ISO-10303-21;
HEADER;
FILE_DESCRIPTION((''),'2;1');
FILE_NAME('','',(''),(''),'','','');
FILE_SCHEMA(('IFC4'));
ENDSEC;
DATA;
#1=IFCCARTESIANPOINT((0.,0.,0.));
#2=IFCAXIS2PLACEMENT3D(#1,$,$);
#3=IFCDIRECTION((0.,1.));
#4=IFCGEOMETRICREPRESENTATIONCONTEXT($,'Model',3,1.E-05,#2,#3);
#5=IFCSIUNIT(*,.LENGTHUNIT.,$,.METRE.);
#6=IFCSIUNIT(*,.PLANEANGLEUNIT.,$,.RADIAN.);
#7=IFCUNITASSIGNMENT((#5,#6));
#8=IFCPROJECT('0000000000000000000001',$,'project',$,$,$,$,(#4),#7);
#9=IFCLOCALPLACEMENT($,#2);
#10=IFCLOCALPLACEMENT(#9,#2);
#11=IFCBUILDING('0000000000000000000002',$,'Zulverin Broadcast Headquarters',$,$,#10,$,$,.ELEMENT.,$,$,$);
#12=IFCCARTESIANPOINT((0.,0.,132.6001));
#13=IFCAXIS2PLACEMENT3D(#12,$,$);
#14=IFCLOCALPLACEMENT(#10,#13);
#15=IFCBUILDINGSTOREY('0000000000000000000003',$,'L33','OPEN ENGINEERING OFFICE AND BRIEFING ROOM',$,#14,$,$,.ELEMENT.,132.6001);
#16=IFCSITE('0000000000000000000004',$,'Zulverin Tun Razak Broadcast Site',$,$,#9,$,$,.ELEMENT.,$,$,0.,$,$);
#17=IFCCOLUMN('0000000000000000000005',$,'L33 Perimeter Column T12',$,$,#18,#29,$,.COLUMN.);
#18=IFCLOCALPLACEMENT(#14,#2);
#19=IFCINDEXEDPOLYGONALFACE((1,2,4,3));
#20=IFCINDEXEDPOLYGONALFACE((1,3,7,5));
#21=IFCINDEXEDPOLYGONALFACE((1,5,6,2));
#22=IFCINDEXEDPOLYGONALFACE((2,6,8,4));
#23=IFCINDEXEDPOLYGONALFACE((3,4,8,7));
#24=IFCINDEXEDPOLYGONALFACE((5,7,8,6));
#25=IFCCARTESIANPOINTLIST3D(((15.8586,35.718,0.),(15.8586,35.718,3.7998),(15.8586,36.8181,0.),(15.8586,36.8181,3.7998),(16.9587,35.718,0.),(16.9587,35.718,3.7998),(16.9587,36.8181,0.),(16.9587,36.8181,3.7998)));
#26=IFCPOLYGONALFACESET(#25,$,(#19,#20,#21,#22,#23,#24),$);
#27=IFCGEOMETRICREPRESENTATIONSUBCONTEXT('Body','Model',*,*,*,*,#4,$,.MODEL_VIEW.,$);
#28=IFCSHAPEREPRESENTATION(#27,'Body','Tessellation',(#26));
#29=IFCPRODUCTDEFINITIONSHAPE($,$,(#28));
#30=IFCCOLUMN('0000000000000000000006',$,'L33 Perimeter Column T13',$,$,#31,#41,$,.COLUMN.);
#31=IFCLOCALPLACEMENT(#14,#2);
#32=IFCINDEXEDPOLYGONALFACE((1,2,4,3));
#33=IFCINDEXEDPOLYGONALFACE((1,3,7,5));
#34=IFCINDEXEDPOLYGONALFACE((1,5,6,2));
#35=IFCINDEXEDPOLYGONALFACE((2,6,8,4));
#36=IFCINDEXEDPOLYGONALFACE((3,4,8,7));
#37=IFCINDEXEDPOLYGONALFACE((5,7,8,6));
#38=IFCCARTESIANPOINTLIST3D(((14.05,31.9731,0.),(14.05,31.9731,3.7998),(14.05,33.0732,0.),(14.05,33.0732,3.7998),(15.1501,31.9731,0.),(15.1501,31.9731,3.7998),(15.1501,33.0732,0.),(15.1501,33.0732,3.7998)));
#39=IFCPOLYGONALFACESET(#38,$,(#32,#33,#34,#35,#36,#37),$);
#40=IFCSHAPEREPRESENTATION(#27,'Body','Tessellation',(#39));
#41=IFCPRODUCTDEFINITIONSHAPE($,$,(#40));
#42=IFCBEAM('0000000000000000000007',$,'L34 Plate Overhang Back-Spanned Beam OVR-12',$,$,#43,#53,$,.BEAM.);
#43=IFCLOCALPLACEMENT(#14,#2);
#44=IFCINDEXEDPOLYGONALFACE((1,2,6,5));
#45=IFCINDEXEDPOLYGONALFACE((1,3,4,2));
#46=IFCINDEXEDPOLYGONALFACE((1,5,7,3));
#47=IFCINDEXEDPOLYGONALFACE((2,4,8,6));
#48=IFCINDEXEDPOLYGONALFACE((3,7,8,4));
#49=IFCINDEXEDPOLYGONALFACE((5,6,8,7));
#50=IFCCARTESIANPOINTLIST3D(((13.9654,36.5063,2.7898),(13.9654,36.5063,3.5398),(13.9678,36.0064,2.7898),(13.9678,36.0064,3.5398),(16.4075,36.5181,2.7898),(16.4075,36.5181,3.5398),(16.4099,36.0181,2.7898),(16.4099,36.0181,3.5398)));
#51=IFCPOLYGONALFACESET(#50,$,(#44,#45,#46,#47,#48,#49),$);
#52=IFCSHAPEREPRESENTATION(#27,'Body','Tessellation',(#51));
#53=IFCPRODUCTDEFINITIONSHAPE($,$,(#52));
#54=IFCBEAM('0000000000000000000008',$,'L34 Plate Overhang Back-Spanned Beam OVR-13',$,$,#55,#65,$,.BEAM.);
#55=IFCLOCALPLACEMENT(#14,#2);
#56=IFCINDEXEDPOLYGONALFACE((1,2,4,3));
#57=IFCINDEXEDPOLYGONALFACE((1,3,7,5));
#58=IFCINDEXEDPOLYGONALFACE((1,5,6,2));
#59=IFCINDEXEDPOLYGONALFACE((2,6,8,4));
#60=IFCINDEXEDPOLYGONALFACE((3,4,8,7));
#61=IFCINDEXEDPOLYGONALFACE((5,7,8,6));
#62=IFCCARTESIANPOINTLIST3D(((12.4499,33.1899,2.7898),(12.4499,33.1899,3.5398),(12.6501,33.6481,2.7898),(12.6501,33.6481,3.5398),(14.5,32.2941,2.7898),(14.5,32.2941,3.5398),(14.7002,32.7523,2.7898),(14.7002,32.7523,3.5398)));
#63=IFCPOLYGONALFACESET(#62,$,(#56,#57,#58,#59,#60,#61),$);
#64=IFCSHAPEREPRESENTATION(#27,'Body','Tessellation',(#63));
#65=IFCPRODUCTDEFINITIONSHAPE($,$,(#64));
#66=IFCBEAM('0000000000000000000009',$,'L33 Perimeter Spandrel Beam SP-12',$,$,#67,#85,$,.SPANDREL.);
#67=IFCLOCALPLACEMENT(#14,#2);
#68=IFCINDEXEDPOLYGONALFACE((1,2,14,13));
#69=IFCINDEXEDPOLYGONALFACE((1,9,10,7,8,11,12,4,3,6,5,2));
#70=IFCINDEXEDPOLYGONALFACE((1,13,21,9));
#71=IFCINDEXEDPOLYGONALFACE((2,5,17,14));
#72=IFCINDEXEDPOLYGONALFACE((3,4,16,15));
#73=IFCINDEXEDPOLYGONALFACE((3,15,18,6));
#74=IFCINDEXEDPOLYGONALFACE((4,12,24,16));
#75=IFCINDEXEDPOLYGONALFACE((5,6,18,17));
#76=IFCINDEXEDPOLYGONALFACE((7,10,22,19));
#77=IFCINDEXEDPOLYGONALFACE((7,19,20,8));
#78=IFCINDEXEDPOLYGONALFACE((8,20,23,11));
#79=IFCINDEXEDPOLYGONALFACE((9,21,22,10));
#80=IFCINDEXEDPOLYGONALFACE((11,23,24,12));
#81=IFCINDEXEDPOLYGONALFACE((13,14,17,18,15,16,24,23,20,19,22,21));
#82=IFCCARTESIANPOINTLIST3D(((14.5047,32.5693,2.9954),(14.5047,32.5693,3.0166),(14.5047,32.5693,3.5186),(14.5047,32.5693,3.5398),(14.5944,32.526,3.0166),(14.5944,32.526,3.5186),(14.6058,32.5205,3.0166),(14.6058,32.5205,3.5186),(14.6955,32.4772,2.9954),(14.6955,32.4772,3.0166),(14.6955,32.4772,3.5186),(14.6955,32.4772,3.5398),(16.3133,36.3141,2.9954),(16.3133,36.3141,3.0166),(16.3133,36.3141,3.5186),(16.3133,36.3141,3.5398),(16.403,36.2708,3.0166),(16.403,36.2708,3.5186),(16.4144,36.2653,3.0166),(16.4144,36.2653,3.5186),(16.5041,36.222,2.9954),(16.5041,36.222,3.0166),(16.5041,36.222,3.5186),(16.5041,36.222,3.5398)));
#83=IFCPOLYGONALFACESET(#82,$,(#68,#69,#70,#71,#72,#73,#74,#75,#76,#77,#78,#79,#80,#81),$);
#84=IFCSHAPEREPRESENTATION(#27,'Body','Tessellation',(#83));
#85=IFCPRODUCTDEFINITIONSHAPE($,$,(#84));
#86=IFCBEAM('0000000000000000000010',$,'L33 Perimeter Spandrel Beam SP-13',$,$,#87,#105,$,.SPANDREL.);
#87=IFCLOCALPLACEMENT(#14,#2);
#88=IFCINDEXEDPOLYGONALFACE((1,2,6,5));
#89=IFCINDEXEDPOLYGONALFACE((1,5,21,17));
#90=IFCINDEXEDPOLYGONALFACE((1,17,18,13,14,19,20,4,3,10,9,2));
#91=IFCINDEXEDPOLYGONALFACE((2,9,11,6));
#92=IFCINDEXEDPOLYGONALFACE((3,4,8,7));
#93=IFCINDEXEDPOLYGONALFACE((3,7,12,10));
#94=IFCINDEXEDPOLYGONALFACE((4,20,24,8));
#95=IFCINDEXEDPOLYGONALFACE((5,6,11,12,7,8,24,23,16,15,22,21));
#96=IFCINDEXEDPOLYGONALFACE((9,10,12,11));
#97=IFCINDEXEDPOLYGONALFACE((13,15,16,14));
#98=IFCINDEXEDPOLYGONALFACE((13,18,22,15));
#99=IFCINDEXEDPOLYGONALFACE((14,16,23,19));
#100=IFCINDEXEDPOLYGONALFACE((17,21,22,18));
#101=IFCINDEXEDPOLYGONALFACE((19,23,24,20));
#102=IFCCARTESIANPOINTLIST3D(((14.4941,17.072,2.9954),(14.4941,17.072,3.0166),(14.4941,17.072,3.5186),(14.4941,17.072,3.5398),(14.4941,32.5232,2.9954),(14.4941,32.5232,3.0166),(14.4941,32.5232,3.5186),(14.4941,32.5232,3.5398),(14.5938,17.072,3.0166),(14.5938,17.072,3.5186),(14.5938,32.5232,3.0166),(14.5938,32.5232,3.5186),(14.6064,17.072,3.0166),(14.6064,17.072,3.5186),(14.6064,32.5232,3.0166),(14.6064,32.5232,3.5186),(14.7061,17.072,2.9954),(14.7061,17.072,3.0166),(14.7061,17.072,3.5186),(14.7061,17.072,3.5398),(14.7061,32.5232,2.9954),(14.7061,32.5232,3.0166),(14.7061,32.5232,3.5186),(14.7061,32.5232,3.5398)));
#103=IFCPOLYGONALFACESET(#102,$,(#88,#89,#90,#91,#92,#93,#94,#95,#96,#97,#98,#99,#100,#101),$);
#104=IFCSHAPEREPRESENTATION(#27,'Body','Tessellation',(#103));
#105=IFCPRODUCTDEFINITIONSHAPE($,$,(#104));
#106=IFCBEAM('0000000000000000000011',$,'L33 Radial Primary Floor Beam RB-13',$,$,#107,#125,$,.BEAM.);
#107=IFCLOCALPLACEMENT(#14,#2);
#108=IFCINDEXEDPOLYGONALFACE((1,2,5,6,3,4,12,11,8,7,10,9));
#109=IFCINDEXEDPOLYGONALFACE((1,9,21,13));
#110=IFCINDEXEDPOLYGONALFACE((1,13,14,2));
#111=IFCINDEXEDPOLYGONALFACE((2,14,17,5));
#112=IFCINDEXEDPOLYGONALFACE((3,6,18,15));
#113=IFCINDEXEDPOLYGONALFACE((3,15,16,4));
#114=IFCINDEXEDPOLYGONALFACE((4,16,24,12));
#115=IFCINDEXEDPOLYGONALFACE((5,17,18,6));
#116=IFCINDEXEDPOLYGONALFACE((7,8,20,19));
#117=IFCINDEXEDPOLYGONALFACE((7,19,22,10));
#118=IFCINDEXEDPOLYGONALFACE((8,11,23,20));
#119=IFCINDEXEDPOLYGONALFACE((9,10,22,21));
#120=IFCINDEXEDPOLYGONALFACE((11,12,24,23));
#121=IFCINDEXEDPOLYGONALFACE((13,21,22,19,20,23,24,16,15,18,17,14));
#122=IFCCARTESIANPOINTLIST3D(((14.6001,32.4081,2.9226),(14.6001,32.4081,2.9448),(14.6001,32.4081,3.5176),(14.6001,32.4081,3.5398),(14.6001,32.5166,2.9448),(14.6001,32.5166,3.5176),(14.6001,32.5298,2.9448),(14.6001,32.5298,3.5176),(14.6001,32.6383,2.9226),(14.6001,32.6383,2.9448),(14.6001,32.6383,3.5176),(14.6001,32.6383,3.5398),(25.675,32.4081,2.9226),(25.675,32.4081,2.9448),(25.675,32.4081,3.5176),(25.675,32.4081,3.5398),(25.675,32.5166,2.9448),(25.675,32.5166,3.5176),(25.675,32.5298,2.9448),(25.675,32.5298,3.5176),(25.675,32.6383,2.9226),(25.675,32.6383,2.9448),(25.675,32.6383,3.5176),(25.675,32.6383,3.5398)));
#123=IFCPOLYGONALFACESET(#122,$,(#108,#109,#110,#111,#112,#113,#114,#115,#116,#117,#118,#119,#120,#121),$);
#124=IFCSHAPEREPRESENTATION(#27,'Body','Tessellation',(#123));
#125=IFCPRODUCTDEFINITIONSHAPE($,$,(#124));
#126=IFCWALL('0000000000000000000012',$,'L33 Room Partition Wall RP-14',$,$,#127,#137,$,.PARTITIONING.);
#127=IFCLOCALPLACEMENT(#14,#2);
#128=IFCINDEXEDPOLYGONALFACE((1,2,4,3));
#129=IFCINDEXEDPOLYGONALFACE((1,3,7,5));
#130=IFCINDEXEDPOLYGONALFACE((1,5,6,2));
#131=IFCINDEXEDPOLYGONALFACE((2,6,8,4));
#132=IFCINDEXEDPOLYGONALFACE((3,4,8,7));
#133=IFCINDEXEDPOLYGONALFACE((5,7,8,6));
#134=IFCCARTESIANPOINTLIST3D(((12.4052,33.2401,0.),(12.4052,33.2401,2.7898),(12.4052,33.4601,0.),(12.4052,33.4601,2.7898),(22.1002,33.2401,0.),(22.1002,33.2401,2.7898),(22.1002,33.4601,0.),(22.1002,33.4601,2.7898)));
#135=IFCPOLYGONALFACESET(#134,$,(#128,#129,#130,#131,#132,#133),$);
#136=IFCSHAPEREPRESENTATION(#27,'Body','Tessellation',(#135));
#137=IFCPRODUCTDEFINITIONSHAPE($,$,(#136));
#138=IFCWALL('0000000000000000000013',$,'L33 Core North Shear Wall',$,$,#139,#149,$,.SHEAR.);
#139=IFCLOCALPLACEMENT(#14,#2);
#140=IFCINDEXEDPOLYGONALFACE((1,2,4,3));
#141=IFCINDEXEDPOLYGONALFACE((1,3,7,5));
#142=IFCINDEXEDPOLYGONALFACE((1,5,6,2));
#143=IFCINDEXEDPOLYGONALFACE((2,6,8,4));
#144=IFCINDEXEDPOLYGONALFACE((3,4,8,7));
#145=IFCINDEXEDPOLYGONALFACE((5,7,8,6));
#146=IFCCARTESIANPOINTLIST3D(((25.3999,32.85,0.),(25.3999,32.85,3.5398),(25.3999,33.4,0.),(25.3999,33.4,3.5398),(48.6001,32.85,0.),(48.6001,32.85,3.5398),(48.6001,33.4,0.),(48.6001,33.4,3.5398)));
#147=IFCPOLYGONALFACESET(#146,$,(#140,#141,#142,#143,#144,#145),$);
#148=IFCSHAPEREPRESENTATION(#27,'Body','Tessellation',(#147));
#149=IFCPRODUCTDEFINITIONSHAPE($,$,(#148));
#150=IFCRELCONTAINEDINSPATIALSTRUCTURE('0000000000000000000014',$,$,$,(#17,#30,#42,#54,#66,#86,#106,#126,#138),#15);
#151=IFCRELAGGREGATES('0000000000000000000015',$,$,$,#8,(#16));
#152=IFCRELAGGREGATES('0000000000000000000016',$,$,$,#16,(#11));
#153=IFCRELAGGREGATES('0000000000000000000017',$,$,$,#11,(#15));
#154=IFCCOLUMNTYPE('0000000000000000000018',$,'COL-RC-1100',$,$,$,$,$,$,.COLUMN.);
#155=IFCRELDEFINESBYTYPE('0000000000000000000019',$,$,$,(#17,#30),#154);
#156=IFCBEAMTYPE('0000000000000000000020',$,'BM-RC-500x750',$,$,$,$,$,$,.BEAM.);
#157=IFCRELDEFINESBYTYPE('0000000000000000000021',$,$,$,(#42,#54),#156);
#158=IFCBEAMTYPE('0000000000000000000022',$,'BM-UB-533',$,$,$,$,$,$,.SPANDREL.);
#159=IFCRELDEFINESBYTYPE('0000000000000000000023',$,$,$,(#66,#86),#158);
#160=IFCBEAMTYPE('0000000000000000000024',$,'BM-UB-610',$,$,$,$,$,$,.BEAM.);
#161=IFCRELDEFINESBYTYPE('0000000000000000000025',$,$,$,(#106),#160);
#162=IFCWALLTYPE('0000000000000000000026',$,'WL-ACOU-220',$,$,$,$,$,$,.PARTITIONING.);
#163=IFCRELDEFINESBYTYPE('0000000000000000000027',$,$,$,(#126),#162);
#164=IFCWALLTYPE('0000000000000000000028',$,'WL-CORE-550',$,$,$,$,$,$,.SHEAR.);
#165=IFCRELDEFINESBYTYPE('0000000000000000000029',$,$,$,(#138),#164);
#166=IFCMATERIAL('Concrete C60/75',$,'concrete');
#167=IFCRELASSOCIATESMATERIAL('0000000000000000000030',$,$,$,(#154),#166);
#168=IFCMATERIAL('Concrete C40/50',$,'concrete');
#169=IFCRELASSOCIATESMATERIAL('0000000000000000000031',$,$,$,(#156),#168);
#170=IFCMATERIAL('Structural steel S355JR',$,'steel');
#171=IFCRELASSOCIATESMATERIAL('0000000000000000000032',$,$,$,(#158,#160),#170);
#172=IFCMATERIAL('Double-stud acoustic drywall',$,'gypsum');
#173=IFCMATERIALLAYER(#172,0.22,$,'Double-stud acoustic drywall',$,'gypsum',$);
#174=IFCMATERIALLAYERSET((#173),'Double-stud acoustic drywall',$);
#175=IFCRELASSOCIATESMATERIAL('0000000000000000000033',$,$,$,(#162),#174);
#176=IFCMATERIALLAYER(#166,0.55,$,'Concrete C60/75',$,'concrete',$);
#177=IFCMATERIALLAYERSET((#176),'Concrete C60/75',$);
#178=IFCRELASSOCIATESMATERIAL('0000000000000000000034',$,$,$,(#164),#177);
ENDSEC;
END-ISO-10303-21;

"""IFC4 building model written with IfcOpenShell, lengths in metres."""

from ifc_helpers import new_model, si_unit, direction, frame, frame_2d, origin, origin_2d, place, context, subcontext, project, spatial, rectangle, i_section, extrude, material, layer, layer_set, material_profile, profile_set, type_object, element, save


model = new_model("IFC4")

# Units and contexts
model_context = context("Model", 3, precision=1e-05, world=origin(), true_north=direction((0.0, 1.0)))
body_context = subcontext(model_context, "Body", "Model", "MODEL_VIEW")
ifc_project = project(units=[si_unit("LENGTHUNIT", "METRE"), si_unit("PLANEANGLEUNIT", "RADIAN")], contexts=[model_context])

# Site, building, storey
site_placement = place(None, origin())
site = spatial("IfcSite", under=ifc_project, at=site_placement, Name="Zulverin Tun Razak Broadcast Site", CompositionType="ELEMENT", RefElevation=0.0)
building_placement = place(site_placement, origin())
building = spatial("IfcBuilding", under=site, at=building_placement, Name="Zulverin Broadcast Headquarters", CompositionType="ELEMENT")
storey_placement = place(building_placement, frame((0.0, 0.0, 132.6001)))
storey = spatial("IfcBuildingStorey", under=building, at=storey_placement, Name="L33", Description="OPEN ENGINEERING OFFICE AND BRIEFING ROOM", CompositionType="ELEMENT", Elevation=132.6001)

# Columns
ifc_material_1 = material(Name="Concrete C60/75", Category="concrete")
ifc_material_profile_1 = material_profile(ifc_material_1, rectangle(XDim=1.1001, YDim=1.1001, at=origin_2d()), Name="Concrete C60/75", Category="concrete")
ifc_profile_set_1 = profile_set([ifc_material_profile_1], Name="Concrete C60/75")
column_type = type_object("IfcColumnType", Name="COL-RC-1100", PredefinedType="COLUMN", material=ifc_profile_set_1)
for number, where, z_axis, x_axis, name in (
    (1, (16.4087, 36.2681, 0.0), (0.0, 0.0, 1.0), (1.0, 0.0, 0.0), "L33 Perimeter Column T12"),
    (2, (14.6001, 32.5232, 0.0), (0.0, 0.0, 1.0), (1.0, 0.0, 0.0), "L33 Perimeter Column T13"),
):
    element("IfcColumn", number, at=place(storey_placement, frame(where, z_axis=z_axis, x_axis=x_axis)), inside=storey, type_object=column_type, Name=name, PredefinedType="COLUMN", context=body_context, shape_type="SweptSolid", body=[
        extrude(rectangle(XDim=1.1001, YDim=1.1001, at=origin_2d()), origin(), (0.0, 0.0, 1.0), 3.7998),
    ])

# Beams
ifc_material_2 = material(Name="Concrete C40/50", Category="concrete")
ifc_material_profile_2 = material_profile(ifc_material_2, rectangle(XDim=0.5, YDim=0.75, at=origin_2d()), Name="Concrete C40/50", Category="concrete")
ifc_profile_set_2 = profile_set([ifc_material_profile_2], Name="Concrete C40/50")
beam_type_1 = type_object("IfcBeamType", Name="BM-RC-500x750", PredefinedType="BEAM", material=ifc_profile_set_2)
beam_1_placement = place(storey_placement, frame((16.4087, 36.2681, 3.1648), z_axis=(-0.999988, -0.004799, 0.0), x_axis=(0.004799, -0.999988, 0.0)))
element("IfcBeam", 3, at=beam_1_placement, inside=storey, type_object=beam_type_1, Name="L34 Plate Overhang Back-Spanned Beam OVR-12", PredefinedType="BEAM", context=body_context, shape_type="SweptSolid", body=[
    extrude(rectangle(XDim=0.5, YDim=0.75, at=origin_2d()), origin(), (0.0, 0.0, 1.0), 2.4421),
])
beam_2_placement = place(storey_placement, frame((14.6001, 32.5232, 3.1648), z_axis=(-0.916345, 0.400389, 0.0), x_axis=(-0.400389, -0.916345, 0.0)))
element("IfcBeam", 4, at=beam_2_placement, inside=storey, type_object=beam_type_1, Name="L34 Plate Overhang Back-Spanned Beam OVR-13", PredefinedType="BEAM", context=body_context, shape_type="SweptSolid", body=[
    extrude(rectangle(XDim=0.5, YDim=0.75, at=origin_2d()), origin(), (0.0, 0.0, 1.0), 2.2373),
])
ifc_material_3 = material(Name="Structural steel S355JR", Category="steel")
ifc_material_profile_3 = material_profile(ifc_material_3, i_section(OverallWidth=0.2119, OverallDepth=0.5444, WebThickness=0.0127, FlangeThickness=0.0212, at=origin_2d()), Name="Structural steel S355JR", Category="steel")
ifc_profile_set_3 = profile_set([ifc_material_profile_3], Name="Structural steel S355JR")
beam_type_2 = type_object("IfcBeamType", Name="BM-UB-533", PredefinedType="SPANDREL", material=ifc_profile_set_3)
beam_3_placement = place(storey_placement, frame((16.4087, 36.2681, 3.2676), z_axis=(-0.43489, -0.900483, 0.0), x_axis=(0.900483, -0.43489, 0.0)))
element("IfcBeam", 5, at=beam_3_placement, inside=storey, type_object=beam_type_2, Name="L33 Perimeter Spandrel Beam SP-12", PredefinedType="SPANDREL", context=body_context, shape_type="SweptSolid", body=[
    extrude(i_section(OverallWidth=0.2119, OverallDepth=0.5444, WebThickness=0.0127, FlangeThickness=0.0212, at=origin_2d()), origin(), (0.0, 0.0, 1.0), 4.1587),
])
beam_4_placement = place(storey_placement, frame((14.6001, 32.5232, 3.2676), z_axis=(0.0, -1.0, 0.0), x_axis=(1.0, 0.0, 0.0)))
element("IfcBeam", 6, at=beam_4_placement, inside=storey, type_object=beam_type_2, Name="L33 Perimeter Spandrel Beam SP-13", PredefinedType="SPANDREL", context=body_context, shape_type="SweptSolid", body=[
    extrude(i_section(OverallWidth=0.2119, OverallDepth=0.5444, WebThickness=0.0127, FlangeThickness=0.0212, at=origin_2d()), origin(), (0.0, 0.0, 1.0), 15.4512),
])
ifc_material_profile_4 = material_profile(ifc_material_3, i_section(OverallWidth=0.2302, OverallDepth=0.6172, WebThickness=0.0132, FlangeThickness=0.0222, at=origin_2d()), Name="Structural steel S355JR", Category="steel")
ifc_profile_set_4 = profile_set([ifc_material_profile_4], Name="Structural steel S355JR")
beam_type_3 = type_object("IfcBeamType", Name="BM-UB-610", PredefinedType="BEAM", material=ifc_profile_set_4)
beam_5_placement = place(storey_placement, frame((25.675, 32.5232, 3.2312), z_axis=(-1.0, 0.0, 0.0), x_axis=(0.0, -1.0, 0.0)))
element("IfcBeam", 7, at=beam_5_placement, inside=storey, type_object=beam_type_3, Name="L33 Radial Primary Floor Beam RB-13", PredefinedType="BEAM", context=body_context, shape_type="SweptSolid", body=[
    extrude(i_section(OverallWidth=0.2302, OverallDepth=0.6172, WebThickness=0.0132, FlangeThickness=0.0222, at=origin_2d()), origin(), (0.0, 0.0, 1.0), 11.075),
])

# Walls
ifc_material_4 = material(Name="Double-stud acoustic drywall", Category="gypsum")
ifc_layer_1 = layer(ifc_material_4, 0.22, Name="Double-stud acoustic drywall", Category="gypsum")
ifc_layer_set_1 = layer_set([ifc_layer_1], Name="Double-stud acoustic drywall")
wall_type_1 = type_object("IfcWallType", Name="WL-ACOU-220", PredefinedType="PARTITIONING", material=ifc_layer_set_1)
wall_1_placement = place(storey_placement, frame((12.405, 33.3501, 0.0), z_axis=(0.0, 0.0, 1.0), x_axis=(1.0, 0.0, 0.0)))
element("IfcWall", 8, at=wall_1_placement, inside=storey, type_object=wall_type_1, Name="L33 Room Partition Wall RP-14", PredefinedType="PARTITIONING", context=body_context, shape_type="SweptSolid", body=[
    extrude(rectangle(XDim=9.6951, YDim=0.22, at=frame_2d((4.8477, 0.0))), origin(), (0.0, 0.0, 1.0), 2.7898),
])
ifc_layer_2 = layer(ifc_material_1, 0.55, Name="Concrete C60/75", Category="concrete")
ifc_layer_set_2 = layer_set([ifc_layer_2], Name="Concrete C60/75")
wall_type_2 = type_object("IfcWallType", Name="WL-CORE-550", PredefinedType="SHEAR", material=ifc_layer_set_2)
wall_2_placement = place(storey_placement, frame((25.3999, 33.125, 0.0), z_axis=(0.0, 0.0, 1.0), x_axis=(1.0, 0.0, 0.0)))
element("IfcWall", 9, at=wall_2_placement, inside=storey, type_object=wall_type_2, Name="L33 Core North Shear Wall", PredefinedType="SHEAR", context=body_context, shape_type="SweptSolid", body=[
    extrude(rectangle(XDim=23.2002, YDim=0.55, at=frame_2d((11.6001, 0.0))), origin(), (0.0, 0.0, 1.0), 3.5398),
])

save(model, "model.ifc")
